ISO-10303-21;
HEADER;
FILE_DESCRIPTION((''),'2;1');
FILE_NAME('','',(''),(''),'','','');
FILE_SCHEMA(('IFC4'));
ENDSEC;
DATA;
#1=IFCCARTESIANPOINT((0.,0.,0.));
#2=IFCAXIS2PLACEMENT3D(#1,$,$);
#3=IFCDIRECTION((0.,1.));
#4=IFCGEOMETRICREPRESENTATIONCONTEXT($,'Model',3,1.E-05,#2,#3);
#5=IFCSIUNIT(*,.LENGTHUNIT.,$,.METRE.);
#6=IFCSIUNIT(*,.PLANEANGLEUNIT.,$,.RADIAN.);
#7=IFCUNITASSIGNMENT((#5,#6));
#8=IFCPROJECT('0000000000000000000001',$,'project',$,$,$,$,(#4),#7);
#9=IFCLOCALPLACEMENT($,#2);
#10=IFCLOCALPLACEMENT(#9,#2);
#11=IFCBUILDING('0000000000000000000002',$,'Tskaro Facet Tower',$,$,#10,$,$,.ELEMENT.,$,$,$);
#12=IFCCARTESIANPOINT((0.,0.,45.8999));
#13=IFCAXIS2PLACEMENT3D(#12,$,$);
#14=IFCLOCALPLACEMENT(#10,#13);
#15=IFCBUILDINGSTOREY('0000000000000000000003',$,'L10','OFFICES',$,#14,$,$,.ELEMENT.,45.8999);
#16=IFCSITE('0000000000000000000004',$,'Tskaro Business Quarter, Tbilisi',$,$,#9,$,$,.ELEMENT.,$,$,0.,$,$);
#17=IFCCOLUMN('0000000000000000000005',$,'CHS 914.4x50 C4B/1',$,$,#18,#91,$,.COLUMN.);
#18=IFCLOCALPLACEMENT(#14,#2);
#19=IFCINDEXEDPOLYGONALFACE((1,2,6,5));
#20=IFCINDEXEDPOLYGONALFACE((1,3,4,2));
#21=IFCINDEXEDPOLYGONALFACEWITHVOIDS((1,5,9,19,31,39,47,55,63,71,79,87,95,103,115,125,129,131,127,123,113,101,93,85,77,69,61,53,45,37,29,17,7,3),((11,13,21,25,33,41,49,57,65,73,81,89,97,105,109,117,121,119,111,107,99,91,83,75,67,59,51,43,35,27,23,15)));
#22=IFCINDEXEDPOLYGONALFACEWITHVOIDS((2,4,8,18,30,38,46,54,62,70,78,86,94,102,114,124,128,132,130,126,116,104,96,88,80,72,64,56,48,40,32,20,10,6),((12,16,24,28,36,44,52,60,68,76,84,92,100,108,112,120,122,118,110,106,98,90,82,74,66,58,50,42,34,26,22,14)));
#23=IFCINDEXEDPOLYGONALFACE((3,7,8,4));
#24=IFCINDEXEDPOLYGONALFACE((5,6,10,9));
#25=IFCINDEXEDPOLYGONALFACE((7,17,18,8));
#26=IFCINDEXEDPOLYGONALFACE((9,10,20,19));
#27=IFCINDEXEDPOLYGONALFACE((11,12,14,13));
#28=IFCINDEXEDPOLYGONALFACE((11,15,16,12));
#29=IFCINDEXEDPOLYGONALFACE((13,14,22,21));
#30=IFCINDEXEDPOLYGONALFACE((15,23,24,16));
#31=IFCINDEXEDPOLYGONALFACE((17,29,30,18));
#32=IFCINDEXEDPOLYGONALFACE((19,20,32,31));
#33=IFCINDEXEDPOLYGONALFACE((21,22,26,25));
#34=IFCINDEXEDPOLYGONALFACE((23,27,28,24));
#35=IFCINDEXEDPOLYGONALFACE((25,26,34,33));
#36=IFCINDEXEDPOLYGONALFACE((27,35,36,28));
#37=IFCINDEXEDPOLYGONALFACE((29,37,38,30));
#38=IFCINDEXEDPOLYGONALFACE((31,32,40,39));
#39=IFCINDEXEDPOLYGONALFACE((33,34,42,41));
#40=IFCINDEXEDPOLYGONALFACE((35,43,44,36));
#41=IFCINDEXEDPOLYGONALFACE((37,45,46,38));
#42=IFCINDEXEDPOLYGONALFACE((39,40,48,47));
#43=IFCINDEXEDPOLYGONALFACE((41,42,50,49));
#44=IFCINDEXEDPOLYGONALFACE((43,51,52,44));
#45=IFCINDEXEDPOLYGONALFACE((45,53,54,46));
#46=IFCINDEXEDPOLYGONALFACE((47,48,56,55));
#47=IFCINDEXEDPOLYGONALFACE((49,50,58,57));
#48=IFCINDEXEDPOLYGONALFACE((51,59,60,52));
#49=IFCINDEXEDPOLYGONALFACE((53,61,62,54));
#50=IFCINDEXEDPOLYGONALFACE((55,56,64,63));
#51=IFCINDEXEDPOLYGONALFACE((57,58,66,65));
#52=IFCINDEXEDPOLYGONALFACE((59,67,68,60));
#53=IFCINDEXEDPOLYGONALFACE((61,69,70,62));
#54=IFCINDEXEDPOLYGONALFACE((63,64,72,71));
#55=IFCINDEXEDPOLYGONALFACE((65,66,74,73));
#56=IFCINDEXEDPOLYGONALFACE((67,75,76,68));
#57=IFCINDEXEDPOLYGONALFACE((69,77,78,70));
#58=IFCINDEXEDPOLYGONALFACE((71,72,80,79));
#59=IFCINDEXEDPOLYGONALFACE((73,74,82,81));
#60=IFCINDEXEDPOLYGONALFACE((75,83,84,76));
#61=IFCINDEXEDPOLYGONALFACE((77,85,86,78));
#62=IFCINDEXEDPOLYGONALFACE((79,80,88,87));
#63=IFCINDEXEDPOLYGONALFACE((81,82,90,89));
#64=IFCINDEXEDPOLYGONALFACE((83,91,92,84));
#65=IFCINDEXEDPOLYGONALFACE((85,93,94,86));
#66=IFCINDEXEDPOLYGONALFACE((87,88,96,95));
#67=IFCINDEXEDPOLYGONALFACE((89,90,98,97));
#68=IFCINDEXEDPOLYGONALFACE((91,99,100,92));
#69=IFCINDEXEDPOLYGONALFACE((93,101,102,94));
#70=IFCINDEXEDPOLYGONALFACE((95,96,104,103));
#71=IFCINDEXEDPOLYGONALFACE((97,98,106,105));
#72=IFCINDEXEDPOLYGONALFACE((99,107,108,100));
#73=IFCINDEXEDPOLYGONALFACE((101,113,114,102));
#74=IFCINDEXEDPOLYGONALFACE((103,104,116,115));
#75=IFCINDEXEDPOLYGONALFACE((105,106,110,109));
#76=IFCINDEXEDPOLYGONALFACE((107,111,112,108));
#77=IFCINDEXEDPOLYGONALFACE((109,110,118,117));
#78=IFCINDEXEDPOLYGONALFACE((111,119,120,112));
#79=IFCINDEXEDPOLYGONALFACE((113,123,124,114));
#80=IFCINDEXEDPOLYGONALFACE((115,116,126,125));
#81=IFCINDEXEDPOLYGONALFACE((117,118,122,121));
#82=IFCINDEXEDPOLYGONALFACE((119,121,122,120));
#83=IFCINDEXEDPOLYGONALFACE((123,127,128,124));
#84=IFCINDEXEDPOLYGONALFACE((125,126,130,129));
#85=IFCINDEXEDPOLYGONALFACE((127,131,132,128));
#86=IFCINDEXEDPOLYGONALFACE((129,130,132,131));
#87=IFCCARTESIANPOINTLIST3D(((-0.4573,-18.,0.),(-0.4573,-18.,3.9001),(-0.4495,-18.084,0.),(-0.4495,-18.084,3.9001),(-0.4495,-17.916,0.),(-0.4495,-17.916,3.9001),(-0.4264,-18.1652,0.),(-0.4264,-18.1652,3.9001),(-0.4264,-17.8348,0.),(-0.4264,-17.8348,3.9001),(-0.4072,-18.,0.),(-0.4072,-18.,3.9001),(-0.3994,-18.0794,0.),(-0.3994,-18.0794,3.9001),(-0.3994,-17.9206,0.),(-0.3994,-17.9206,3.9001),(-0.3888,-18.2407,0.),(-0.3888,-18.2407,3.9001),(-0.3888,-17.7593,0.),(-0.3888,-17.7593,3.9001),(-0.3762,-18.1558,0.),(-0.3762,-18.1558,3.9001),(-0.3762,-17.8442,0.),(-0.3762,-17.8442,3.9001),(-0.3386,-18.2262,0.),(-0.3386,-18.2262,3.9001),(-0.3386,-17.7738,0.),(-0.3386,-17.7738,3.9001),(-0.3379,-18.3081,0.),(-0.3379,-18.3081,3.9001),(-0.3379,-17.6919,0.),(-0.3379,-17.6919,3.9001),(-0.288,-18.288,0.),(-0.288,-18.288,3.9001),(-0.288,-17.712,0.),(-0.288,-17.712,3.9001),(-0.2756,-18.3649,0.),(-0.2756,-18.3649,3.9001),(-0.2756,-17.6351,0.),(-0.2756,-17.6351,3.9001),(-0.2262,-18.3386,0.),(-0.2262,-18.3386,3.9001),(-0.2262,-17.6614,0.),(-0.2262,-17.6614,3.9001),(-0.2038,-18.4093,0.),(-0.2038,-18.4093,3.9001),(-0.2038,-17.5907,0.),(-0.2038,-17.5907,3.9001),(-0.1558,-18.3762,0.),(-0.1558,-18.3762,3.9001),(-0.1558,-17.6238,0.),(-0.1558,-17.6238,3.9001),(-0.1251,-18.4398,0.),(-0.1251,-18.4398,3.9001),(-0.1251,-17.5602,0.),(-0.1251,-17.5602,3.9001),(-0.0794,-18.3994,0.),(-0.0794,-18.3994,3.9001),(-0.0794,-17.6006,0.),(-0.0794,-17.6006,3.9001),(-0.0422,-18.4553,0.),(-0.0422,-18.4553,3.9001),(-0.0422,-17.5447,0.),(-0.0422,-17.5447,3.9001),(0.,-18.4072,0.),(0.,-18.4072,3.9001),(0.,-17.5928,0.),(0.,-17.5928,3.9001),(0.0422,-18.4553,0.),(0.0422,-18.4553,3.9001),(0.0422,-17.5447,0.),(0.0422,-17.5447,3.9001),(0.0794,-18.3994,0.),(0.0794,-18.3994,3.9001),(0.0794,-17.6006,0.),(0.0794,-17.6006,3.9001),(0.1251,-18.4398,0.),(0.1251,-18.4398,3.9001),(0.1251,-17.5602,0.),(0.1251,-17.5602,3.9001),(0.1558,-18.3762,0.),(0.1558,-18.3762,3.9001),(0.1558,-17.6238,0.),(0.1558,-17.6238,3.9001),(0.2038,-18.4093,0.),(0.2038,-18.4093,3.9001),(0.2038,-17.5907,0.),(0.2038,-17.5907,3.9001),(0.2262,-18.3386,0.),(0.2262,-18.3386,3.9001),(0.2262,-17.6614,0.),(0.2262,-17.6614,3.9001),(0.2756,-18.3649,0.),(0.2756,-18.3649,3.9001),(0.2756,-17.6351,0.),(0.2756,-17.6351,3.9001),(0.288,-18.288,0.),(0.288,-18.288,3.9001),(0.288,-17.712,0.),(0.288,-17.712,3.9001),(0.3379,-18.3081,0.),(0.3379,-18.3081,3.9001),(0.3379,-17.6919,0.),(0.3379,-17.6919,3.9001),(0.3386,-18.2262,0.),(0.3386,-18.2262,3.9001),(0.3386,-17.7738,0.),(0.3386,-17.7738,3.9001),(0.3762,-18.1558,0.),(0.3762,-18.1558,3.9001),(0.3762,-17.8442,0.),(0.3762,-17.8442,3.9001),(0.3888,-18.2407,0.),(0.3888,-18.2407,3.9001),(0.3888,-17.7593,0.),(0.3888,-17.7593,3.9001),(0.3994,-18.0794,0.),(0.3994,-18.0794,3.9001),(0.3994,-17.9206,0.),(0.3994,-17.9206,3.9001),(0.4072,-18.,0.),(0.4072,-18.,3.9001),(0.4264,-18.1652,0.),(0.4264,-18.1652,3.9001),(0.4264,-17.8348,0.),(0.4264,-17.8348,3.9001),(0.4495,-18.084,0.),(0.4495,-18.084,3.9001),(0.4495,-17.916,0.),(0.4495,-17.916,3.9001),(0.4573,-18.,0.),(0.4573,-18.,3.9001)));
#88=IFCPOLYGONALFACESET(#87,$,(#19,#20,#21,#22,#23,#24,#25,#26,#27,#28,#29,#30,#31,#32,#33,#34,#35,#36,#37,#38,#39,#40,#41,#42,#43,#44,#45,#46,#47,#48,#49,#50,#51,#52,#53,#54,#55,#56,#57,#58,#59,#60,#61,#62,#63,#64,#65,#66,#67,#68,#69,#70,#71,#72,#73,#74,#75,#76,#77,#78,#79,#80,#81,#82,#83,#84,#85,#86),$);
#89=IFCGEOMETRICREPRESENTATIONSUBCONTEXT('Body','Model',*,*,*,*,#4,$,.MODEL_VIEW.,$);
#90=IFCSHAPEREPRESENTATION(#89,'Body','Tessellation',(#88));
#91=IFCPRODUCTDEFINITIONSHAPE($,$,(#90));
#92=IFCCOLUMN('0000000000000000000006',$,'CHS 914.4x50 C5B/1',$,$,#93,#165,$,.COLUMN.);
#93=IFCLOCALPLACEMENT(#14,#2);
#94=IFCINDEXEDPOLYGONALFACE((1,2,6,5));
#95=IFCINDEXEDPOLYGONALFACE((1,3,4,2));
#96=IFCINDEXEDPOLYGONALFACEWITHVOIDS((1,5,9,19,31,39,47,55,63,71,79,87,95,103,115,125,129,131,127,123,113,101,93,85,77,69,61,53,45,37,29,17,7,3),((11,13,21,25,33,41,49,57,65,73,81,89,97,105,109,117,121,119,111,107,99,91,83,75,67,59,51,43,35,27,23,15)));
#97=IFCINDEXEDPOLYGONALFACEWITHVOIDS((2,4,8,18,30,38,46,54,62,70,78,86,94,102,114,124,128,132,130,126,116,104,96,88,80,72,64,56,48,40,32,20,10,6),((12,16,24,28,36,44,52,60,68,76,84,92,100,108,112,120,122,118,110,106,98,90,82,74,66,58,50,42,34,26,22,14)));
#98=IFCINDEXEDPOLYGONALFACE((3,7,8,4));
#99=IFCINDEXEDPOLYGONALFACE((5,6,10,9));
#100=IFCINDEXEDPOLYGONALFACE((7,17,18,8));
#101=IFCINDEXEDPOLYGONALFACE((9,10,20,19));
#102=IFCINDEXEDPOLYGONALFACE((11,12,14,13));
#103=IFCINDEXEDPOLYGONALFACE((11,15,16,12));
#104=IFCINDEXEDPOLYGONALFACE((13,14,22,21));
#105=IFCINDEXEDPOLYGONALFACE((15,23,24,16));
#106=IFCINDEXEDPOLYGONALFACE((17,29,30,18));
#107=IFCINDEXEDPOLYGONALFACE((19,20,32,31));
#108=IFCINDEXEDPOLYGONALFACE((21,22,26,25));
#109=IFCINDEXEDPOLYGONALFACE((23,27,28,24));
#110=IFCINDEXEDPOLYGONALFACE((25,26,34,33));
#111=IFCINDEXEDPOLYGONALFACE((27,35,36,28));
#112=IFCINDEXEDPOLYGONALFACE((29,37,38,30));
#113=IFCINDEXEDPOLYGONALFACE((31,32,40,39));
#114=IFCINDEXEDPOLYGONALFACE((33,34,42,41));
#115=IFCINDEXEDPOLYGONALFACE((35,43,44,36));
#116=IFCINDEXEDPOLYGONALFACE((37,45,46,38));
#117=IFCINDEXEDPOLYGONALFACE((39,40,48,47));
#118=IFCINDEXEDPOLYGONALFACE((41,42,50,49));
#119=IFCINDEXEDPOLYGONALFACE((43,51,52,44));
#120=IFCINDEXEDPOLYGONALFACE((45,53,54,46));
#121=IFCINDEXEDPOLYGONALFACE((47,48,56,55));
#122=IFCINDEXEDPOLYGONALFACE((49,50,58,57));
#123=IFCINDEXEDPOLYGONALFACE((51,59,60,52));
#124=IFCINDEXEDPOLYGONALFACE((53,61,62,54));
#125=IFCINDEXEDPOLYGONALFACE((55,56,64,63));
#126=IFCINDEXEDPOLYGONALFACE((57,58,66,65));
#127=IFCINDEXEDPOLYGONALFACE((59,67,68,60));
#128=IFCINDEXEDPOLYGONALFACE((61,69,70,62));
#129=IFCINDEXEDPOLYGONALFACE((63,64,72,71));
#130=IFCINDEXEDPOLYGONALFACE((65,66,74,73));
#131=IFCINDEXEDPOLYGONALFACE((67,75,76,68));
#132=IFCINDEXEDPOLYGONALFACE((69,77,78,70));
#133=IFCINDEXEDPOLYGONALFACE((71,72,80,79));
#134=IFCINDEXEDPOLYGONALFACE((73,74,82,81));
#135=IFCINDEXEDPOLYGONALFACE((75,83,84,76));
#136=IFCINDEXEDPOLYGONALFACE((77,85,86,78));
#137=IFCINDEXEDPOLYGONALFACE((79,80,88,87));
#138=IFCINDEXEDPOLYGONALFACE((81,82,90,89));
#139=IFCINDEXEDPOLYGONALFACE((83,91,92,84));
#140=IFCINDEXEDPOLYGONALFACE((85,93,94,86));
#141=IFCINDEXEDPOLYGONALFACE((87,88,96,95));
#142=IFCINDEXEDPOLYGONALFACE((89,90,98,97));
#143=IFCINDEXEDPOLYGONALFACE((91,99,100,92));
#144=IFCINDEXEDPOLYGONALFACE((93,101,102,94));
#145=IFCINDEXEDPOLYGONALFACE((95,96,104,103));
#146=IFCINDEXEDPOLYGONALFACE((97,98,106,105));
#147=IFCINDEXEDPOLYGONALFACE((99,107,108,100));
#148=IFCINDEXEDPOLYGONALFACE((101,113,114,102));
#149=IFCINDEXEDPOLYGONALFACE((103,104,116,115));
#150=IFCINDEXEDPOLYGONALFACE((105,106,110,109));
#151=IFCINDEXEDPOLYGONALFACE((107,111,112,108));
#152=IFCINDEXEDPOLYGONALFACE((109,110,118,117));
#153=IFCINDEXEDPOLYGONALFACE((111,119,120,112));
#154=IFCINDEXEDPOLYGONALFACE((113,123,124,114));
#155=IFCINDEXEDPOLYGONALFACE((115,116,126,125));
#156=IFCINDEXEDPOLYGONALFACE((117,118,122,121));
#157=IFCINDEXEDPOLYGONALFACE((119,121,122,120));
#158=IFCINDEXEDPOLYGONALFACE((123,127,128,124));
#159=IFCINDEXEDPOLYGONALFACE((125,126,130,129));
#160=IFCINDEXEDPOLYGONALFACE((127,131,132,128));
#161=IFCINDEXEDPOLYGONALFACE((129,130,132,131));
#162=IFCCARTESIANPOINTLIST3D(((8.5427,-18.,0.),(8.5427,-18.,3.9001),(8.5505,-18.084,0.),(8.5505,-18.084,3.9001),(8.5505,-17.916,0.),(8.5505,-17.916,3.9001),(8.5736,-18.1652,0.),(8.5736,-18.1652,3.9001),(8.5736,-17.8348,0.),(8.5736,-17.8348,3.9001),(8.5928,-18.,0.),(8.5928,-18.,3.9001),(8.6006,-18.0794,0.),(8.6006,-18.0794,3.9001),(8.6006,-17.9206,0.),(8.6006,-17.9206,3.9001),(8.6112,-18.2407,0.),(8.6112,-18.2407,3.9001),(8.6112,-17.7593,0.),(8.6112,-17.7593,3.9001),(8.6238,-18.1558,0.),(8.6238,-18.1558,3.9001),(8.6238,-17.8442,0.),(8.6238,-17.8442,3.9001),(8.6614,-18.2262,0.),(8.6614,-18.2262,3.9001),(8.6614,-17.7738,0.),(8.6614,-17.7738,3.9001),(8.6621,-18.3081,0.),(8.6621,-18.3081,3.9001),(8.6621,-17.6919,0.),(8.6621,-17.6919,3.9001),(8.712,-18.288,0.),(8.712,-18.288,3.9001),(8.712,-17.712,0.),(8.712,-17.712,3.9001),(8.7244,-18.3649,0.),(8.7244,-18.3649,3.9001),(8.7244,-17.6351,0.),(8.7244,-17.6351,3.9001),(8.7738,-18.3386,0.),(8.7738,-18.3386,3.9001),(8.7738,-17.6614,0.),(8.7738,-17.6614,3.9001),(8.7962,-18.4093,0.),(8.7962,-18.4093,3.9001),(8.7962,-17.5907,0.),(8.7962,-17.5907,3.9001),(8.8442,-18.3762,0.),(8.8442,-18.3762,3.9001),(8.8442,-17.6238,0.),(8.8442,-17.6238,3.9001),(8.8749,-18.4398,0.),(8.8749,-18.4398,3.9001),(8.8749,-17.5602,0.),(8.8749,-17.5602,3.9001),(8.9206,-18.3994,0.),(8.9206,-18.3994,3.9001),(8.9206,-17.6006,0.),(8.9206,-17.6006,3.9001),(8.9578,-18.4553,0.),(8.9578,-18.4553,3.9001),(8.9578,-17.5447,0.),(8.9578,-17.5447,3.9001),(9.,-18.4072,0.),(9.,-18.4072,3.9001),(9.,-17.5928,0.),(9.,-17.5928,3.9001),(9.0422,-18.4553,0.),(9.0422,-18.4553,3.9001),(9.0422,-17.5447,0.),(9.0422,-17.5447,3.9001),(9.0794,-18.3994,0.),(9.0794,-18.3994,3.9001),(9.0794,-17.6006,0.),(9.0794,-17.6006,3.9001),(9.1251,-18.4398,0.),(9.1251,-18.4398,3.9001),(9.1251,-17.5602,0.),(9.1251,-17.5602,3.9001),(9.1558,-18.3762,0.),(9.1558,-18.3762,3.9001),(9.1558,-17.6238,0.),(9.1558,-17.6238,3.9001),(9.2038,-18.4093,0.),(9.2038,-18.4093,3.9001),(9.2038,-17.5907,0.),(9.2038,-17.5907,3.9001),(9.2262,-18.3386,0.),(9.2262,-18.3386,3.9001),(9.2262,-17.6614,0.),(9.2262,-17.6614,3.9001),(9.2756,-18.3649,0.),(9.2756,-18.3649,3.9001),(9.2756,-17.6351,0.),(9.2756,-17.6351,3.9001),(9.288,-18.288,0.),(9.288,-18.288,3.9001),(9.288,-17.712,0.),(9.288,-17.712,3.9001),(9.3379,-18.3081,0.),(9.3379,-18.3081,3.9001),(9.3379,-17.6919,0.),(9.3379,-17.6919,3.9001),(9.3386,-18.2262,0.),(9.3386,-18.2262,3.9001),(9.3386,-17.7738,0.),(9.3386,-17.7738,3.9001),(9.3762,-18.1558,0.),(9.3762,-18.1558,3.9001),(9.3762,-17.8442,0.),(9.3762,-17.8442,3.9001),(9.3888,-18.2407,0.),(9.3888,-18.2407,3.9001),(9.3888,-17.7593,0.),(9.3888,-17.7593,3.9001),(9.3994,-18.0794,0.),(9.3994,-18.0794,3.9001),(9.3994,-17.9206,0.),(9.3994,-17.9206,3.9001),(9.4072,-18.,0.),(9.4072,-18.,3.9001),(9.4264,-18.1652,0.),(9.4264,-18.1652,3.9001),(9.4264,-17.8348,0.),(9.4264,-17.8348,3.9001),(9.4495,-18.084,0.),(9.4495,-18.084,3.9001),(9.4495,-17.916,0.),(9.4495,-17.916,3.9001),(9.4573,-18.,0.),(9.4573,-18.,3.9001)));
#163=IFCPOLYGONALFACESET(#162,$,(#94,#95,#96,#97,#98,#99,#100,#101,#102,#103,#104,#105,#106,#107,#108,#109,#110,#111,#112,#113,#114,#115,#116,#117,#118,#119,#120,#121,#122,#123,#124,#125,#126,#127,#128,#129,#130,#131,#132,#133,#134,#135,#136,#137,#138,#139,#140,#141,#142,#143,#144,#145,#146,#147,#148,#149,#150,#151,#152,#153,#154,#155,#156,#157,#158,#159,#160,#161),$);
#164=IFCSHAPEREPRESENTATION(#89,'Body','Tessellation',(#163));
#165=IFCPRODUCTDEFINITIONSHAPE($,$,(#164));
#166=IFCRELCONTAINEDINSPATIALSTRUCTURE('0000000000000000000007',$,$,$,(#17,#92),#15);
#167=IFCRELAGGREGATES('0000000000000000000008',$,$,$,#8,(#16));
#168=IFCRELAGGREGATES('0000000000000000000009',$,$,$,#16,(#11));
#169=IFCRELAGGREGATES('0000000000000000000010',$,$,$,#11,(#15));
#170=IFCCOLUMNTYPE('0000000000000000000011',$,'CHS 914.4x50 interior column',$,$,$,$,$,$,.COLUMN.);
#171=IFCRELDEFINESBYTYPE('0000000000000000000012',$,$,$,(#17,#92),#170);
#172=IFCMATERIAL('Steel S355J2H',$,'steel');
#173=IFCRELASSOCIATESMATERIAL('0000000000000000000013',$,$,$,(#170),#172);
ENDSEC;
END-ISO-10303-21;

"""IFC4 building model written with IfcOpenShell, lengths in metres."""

from ifc_helpers import new_model, si_unit, direction, frame, origin, origin_2d, place, context, subcontext, project, spatial, hollow_circle, extrude, material, material_profile, profile_set, type_object, element, save


model = new_model("IFC4")

# Units and contexts
model_context = context("Model", 3, precision=1e-05, world=origin(), true_north=direction((0.0, 1.0)))
body_context = subcontext(model_context, "Body", "Model", "MODEL_VIEW")
ifc_project = project(units=[si_unit("LENGTHUNIT", "METRE"), si_unit("PLANEANGLEUNIT", "RADIAN")], contexts=[model_context])

# Site, building, storey
site_placement = place(None, origin())
site = spatial("IfcSite", under=ifc_project, at=site_placement, Name="Tskaro Business Quarter, Tbilisi", CompositionType="ELEMENT", RefElevation=0.0)
building_placement = place(site_placement, origin())
building = spatial("IfcBuilding", under=site, at=building_placement, Name="Tskaro Facet Tower", CompositionType="ELEMENT")
storey_placement = place(building_placement, frame((0.0, 0.0, 45.8999)))
storey = spatial("IfcBuildingStorey", under=building, at=storey_placement, Name="L10", Description="OFFICES", CompositionType="ELEMENT", Elevation=45.8999)

# Columns
ifc_material_1 = material(Name="Steel S355J2H", Category="steel")
ifc_material_profile_1 = material_profile(ifc_material_1, hollow_circle(Radius=0.4573, WallThickness=0.05, at=origin_2d()), Name="CHS 914.4x50")
ifc_profile_set_1 = profile_set([ifc_material_profile_1], Name="Steel S355J2H")
column_type_1 = type_object("IfcColumnType", Name="CHS 914.4x50 interior column", PredefinedType="COLUMN", material=ifc_profile_set_1)
for number, where, z_axis, x_axis, name in (
    (1, (0.0, -18.0, 0.0), (0.0, 0.0, 1.0), (1.0, 0.0, 0.0), "CHS 914.4x50 C4B/1"),
    (2, (9.0, -18.0, 0.0), (0.0, 0.0, 1.0), (1.0, 0.0, 0.0), "CHS 914.4x50 C5B/1"),
):
    element("IfcColumn", number, at=place(storey_placement, frame(where, z_axis=z_axis, x_axis=x_axis)), inside=storey, type_object=column_type_1, Name=name, PredefinedType="COLUMN", context=body_context, shape_type="SweptSolid", body=[
        extrude(hollow_circle(Radius=0.4573, WallThickness=0.05, at=origin_2d()), origin(), (0.0, 0.0, 1.0), 3.9001),
    ])

save(model, "model.ifc")
